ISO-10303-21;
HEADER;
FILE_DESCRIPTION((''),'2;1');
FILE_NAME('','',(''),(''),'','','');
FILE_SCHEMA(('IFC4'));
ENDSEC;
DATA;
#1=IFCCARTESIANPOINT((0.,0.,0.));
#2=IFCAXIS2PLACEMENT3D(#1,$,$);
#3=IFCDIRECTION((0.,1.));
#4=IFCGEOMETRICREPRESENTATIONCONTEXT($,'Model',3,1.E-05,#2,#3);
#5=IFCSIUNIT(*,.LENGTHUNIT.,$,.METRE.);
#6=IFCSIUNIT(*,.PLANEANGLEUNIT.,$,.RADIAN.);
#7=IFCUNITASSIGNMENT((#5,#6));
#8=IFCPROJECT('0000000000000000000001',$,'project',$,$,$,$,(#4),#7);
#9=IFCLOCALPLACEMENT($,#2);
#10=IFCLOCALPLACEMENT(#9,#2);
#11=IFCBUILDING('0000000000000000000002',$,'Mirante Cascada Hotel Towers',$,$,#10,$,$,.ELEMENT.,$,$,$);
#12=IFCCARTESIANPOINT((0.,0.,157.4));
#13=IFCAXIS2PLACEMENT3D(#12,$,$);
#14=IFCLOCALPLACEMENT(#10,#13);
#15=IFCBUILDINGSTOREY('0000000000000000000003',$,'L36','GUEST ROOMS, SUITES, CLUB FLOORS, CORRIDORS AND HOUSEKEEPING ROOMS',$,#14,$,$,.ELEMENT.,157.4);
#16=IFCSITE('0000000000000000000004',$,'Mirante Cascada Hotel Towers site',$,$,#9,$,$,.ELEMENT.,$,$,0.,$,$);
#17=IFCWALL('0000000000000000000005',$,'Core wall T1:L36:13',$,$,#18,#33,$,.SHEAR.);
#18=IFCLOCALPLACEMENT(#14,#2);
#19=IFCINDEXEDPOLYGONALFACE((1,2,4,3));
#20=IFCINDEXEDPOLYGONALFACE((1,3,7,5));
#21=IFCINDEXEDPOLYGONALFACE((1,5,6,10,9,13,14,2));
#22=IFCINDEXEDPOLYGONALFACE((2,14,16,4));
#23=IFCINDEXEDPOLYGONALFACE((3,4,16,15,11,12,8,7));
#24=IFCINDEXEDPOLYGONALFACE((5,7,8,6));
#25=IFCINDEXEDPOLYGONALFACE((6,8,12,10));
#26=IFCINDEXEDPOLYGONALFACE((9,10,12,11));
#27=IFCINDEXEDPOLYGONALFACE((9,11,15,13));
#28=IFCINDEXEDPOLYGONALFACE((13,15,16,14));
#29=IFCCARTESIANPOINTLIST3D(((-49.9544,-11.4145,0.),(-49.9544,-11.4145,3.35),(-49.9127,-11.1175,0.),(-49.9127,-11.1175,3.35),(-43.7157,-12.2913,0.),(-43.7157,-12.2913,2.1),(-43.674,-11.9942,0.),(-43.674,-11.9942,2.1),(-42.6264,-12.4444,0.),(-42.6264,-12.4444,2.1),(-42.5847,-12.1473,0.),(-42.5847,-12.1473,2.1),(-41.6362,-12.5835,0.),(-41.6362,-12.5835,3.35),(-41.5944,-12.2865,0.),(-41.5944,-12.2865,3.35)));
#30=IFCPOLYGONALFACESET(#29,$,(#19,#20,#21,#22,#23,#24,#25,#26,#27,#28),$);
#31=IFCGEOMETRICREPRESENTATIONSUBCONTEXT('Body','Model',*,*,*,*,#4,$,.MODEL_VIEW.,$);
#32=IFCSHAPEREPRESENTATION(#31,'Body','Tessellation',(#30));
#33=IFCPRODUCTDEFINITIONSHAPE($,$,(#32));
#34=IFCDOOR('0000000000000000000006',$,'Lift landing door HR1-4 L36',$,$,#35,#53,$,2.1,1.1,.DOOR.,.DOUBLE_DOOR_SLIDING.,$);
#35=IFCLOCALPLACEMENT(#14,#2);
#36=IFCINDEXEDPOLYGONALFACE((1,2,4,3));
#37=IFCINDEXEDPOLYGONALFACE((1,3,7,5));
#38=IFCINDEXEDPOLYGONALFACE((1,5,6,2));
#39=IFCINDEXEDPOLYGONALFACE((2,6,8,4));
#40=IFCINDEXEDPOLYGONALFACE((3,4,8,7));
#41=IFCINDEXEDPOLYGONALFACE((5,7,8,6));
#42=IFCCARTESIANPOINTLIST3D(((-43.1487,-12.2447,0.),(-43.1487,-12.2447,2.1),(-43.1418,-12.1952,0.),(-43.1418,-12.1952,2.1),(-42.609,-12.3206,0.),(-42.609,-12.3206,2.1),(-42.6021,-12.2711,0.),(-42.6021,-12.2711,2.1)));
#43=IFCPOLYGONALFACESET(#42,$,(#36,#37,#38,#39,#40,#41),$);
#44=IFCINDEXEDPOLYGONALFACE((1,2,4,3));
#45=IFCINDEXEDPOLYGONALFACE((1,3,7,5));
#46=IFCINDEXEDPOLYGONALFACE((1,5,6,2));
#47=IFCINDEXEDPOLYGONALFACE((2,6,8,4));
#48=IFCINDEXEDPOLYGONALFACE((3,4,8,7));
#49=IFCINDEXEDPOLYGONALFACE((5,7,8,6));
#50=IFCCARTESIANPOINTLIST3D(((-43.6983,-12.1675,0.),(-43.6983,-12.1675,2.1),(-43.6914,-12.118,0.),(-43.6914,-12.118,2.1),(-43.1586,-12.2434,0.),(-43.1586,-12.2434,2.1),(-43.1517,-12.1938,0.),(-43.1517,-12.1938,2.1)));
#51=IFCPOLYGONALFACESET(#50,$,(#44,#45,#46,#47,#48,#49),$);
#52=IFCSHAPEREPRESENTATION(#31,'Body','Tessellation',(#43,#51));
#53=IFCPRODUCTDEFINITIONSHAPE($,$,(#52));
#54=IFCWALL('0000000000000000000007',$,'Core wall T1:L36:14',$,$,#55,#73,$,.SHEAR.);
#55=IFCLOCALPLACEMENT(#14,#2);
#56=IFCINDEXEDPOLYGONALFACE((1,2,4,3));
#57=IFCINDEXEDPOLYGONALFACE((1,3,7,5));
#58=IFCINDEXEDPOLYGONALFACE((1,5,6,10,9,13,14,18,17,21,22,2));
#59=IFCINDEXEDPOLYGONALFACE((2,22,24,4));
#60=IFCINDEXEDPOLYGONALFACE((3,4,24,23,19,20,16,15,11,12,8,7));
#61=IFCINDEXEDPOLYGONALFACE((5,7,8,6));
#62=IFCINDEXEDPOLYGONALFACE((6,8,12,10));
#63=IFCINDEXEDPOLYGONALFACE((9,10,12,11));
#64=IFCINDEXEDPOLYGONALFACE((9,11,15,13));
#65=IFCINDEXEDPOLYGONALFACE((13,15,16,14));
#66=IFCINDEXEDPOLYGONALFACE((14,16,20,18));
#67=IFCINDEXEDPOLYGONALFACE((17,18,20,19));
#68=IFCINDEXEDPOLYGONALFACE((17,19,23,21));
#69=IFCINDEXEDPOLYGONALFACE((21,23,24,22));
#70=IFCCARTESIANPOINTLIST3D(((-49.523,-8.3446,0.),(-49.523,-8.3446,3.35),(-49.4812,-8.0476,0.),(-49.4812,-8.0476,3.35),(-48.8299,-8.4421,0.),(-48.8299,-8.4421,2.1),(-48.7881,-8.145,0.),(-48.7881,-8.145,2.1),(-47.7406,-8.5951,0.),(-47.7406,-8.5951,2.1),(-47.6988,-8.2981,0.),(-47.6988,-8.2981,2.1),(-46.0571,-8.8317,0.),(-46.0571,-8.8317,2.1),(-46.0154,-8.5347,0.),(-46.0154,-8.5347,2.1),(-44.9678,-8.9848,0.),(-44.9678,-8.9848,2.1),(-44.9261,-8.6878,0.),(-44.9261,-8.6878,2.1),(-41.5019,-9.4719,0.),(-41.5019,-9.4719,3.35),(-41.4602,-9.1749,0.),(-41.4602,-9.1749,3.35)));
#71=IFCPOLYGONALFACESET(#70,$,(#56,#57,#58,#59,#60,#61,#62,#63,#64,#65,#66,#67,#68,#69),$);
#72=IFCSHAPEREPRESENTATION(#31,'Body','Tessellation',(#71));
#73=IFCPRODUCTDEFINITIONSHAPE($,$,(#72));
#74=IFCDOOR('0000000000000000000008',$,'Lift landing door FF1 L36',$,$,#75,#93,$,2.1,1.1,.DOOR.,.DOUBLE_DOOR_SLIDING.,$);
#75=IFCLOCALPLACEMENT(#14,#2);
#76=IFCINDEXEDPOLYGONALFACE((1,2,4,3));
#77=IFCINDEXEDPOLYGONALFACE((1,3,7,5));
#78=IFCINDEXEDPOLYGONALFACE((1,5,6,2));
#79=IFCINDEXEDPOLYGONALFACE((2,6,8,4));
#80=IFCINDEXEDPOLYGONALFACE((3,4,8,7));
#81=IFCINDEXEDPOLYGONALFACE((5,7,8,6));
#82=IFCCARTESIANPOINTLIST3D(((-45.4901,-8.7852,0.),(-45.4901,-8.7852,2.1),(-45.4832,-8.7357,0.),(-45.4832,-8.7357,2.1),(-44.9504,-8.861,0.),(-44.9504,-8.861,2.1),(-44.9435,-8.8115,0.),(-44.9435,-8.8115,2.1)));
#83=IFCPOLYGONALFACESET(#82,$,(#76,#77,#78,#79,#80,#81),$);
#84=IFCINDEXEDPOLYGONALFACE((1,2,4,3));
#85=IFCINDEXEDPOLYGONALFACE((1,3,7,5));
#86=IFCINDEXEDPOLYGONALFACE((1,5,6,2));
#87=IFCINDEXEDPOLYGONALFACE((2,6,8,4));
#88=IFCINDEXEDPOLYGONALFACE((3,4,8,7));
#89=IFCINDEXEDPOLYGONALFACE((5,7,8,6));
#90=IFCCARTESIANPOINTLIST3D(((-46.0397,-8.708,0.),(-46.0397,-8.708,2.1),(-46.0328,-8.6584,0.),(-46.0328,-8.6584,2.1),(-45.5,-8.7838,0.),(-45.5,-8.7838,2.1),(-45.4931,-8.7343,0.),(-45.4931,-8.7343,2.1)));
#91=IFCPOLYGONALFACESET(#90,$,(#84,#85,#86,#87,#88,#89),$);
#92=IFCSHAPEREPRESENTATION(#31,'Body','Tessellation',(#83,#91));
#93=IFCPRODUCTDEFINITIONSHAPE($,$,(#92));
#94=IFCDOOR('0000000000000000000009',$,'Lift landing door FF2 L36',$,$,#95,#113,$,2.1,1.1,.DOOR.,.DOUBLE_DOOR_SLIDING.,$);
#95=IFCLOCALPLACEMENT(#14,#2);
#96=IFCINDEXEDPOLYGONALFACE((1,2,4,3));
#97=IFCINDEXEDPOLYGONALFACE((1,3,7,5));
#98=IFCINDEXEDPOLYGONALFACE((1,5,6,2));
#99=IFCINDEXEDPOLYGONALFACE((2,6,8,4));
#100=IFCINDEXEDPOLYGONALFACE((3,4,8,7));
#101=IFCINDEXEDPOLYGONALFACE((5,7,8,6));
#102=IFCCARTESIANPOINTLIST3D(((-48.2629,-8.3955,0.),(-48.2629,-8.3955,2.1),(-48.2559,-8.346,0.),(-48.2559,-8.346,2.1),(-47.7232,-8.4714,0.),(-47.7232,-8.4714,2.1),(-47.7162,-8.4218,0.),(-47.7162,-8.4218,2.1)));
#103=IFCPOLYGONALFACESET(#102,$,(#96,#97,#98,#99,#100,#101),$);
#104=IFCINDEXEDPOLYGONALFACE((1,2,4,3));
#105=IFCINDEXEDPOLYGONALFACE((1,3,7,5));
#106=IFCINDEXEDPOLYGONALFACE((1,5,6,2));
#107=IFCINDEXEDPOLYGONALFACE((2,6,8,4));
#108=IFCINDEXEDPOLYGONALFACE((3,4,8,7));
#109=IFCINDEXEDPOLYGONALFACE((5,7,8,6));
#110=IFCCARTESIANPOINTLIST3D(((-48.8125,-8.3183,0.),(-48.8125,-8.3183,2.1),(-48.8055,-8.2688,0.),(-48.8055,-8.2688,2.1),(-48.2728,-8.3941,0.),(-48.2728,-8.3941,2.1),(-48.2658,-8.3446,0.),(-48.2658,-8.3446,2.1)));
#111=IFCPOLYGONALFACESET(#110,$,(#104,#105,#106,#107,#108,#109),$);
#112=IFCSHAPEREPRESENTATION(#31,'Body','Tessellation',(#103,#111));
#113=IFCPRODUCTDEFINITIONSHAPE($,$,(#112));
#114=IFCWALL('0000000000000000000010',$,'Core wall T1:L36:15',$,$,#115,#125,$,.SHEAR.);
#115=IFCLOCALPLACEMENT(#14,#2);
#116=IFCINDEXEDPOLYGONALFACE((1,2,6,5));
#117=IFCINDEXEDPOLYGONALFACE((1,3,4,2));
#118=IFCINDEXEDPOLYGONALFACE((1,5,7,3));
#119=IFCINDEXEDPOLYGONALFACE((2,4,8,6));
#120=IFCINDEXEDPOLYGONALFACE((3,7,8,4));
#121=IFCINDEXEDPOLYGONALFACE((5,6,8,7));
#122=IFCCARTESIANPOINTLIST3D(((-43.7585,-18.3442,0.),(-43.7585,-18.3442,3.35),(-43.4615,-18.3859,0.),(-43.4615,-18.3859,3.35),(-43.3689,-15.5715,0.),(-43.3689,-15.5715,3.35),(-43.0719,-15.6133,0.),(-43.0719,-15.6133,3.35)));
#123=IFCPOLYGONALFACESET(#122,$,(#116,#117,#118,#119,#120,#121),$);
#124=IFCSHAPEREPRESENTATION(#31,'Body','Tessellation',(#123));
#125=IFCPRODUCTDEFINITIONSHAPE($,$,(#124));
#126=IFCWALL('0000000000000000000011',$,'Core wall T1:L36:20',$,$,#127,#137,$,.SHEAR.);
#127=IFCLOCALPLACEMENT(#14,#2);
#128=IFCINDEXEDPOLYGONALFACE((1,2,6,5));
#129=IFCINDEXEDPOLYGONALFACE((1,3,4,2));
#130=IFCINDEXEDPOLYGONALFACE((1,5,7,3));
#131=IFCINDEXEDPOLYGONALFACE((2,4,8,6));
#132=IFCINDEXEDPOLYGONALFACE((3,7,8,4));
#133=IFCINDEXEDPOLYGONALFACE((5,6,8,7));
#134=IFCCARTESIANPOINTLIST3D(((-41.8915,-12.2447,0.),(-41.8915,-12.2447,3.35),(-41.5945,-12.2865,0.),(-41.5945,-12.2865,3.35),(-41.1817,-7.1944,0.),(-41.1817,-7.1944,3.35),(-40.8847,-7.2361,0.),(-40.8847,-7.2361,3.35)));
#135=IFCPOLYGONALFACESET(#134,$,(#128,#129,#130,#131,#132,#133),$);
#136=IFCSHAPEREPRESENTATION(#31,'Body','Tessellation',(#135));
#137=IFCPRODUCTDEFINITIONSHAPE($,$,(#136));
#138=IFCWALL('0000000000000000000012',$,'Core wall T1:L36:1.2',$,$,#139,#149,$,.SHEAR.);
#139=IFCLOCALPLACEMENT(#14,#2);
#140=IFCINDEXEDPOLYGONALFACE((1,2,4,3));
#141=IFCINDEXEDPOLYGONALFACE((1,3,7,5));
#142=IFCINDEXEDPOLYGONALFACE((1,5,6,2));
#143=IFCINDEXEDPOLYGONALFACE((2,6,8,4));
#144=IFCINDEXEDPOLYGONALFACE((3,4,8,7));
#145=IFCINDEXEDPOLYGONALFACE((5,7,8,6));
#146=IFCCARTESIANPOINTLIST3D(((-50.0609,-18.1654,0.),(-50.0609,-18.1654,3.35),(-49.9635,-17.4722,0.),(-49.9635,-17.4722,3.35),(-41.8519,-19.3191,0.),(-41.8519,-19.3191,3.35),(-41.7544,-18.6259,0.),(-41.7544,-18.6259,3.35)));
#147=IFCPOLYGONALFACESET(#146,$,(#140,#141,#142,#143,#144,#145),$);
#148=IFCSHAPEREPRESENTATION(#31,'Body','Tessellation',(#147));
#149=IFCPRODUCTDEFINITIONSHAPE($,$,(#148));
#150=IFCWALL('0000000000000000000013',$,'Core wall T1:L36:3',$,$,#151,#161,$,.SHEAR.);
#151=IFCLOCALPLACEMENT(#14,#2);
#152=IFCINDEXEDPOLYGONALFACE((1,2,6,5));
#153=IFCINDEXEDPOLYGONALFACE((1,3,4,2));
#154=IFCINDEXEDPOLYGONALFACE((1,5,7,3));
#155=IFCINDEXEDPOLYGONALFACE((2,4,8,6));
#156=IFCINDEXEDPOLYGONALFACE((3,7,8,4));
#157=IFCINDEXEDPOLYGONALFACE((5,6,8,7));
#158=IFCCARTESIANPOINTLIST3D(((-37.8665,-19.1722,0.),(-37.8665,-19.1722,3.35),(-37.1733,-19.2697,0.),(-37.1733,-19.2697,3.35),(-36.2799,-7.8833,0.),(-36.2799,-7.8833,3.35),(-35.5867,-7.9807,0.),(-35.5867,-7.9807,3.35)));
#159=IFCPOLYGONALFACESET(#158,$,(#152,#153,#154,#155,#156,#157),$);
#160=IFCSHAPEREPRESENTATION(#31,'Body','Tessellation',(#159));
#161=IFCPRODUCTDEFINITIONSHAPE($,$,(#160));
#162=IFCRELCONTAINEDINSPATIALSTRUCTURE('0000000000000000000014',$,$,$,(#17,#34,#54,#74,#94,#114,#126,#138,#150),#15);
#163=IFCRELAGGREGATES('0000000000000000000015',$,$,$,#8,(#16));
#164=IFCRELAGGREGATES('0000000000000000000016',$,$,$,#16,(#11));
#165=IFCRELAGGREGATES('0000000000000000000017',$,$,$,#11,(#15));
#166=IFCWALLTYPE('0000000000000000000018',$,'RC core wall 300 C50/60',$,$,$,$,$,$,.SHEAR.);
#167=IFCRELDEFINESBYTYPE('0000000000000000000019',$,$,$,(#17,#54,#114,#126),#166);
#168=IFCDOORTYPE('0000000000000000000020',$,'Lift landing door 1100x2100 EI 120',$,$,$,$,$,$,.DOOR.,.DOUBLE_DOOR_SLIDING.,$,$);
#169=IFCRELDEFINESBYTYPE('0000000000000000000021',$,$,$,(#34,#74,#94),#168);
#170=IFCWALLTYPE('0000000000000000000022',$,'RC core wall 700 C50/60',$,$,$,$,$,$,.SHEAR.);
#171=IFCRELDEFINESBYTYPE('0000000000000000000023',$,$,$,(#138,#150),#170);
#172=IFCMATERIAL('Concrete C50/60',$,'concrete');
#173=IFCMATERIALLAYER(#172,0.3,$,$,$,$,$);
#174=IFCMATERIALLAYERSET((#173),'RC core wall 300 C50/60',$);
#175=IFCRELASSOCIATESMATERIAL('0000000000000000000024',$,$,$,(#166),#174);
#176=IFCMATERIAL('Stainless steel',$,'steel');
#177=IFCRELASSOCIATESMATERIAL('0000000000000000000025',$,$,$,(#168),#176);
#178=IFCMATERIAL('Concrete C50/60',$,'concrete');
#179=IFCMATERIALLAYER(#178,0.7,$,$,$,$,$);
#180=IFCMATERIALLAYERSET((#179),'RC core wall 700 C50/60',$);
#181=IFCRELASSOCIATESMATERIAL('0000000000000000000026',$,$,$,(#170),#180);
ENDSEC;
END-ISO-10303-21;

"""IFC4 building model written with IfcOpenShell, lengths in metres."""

from ifc_helpers import new_model, si_unit, direction, frame, frame_2d, origin, place, context, subcontext, project, spatial, rectangle, extrude, material, layer, layer_set, type_object, element, fill, save


model = new_model("IFC4")

# Units and contexts
model_context = context("Model", 3, precision=1e-05, world=origin(), true_north=direction((0.0, 1.0)))
body_context = subcontext(model_context, "Body", "Model", "MODEL_VIEW")
ifc_project = project(units=[si_unit("LENGTHUNIT", "METRE"), si_unit("PLANEANGLEUNIT", "RADIAN")], contexts=[model_context])

# Site, building, storey
site_placement = place(None, origin())
site = spatial("IfcSite", under=ifc_project, at=site_placement, Name="Mirante Cascada Hotel Towers site", CompositionType="ELEMENT", RefElevation=0.0)
building_placement = place(site_placement, origin())
building = spatial("IfcBuilding", under=site, at=building_placement, Name="Mirante Cascada Hotel Towers", CompositionType="ELEMENT")
storey_placement = place(building_placement, frame((0.0, 0.0, 157.4)))
storey = spatial("IfcBuildingStorey", under=building, at=storey_placement, Name="L36", Description="GUEST ROOMS, SUITES, CLUB FLOORS, CORRIDORS AND HOUSEKEEPING ROOMS", CompositionType="ELEMENT", Elevation=157.4)

# Shared definitions
ifc_material_1 = material(Name="Concrete C50/60", Category="concrete")
ifc_layer_1 = layer(ifc_material_1, 0.3)
ifc_layer_set_1 = layer_set([ifc_layer_1], Name="RC core wall 300 C50/60")
wall_type_1 = type_object("IfcWallType", Name="RC core wall 300 C50/60", PredefinedType="SHEAR", material=ifc_layer_set_1)

# Shared definitions
ifc_material_2 = material(Name="Stainless steel", Category="steel")
door_type_1 = type_object("IfcDoorType", Name="Lift landing door 1100x2100 EI 120", OperationType="DOUBLE_DOOR_SLIDING", PredefinedType="DOOR", material=ifc_material_2)

# Wall, opening, door
wall_1_placement = place(storey_placement, frame((-41.6153, -12.435, 0.0), z_axis=(0.0, 0.0, 1.0), x_axis=(-0.990269, 0.139166, 0.0)))
wall_1 = element("IfcWall", 1, at=wall_1_placement, inside=storey, type_object=wall_type_1, Name="Core wall T1:L36:13", PredefinedType="SHEAR", context=body_context, shape_type="SweptSolid", body=[
    extrude(rectangle(XDim=8.4, YDim=0.3, at=frame_2d((4.2, 0.0))), origin(), (0.0, 0.0, 1.0), 3.35),
])
opening_1_placement = place(wall_1_placement, frame((1.0, 0.0, 0.0)))
opening_1 = element("IfcOpeningElement", 2, at=opening_1_placement, cuts=wall_1, PredefinedType="OPENING", context=body_context, shape_type="SweptSolid", body=[
    extrude(rectangle(XDim=1.1, YDim=2.1, at=frame_2d((0.55, 1.05))), frame((0.0, 0.15, 0.0), z_axis=(0.0, -1.0, 0.0), x_axis=(1.0, 0.0, 0.0)), (0.0, 0.0, 1.0), 0.3),
])
door_1_placement = place(opening_1_placement, origin())
door_1 = element("IfcDoor", 3, at=door_1_placement, inside=storey, type_object=door_type_1, Name="Lift landing door HR1-4 L36", OperationType="DOUBLE_DOOR_SLIDING", OverallHeight=2.1, OverallWidth=1.1, PredefinedType="DOOR", context=body_context, shape_type="SweptSolid", body=[
    extrude(rectangle(XDim=0.545, YDim=2.1, at=frame_2d((0.2725, 1.05))), frame((0.0, 0.025, 0.0), z_axis=(0.0, -1.0, 0.0), x_axis=(1.0, 0.0, 0.0)), (0.0, 0.0, 1.0), 0.05),
    extrude(rectangle(XDim=0.545, YDim=2.1, at=frame_2d((0.8275, 1.05))), frame((0.0, 0.025, 0.0), z_axis=(0.0, -1.0, 0.0), x_axis=(1.0, 0.0, 0.0)), (0.0, 0.0, 1.0), 0.05),
])
fill(opening_1, door_1)

# Wall, openings, doors
wall_2_placement = place(storey_placement, frame((-41.481, -9.3234, 0.0), z_axis=(0.0, 0.0, 1.0), x_axis=(-0.990268, 0.139174, 0.0)))
wall_2 = element("IfcWall", 4, at=wall_2_placement, inside=storey, type_object=wall_type_1, Name="Core wall T1:L36:14", PredefinedType="SHEAR", context=body_context, shape_type="SweptSolid", body=[
    extrude(rectangle(XDim=8.0999, YDim=0.3, at=frame_2d((4.05, 0.0))), origin(), (0.0, 0.0, 1.0), 3.35),
])
opening_2_placement = place(wall_2_placement, frame((3.5, 0.0, 0.0)))
opening_2 = element("IfcOpeningElement", 5, at=opening_2_placement, cuts=wall_2, PredefinedType="OPENING", context=body_context, shape_type="SweptSolid", body=[
    extrude(rectangle(XDim=1.1, YDim=2.1, at=frame_2d((0.55, 1.05))), frame((0.0, 0.15, 0.0), z_axis=(0.0, -1.0, 0.0), x_axis=(1.0, 0.0, 0.0)), (0.0, 0.0, 1.0), 0.3),
])
opening_3_placement = place(wall_2_placement, frame((6.3, 0.0, 0.0)))
opening_3 = element("IfcOpeningElement", 6, at=opening_3_placement, cuts=wall_2, PredefinedType="OPENING", context=body_context, shape_type="SweptSolid", body=[
    extrude(rectangle(XDim=1.1, YDim=2.1, at=frame_2d((0.55, 1.05))), frame((0.0, 0.15, 0.0), z_axis=(0.0, -1.0, 0.0), x_axis=(1.0, 0.0, 0.0)), (0.0, 0.0, 1.0), 0.3),
])
door_2_placement = place(opening_2_placement, origin())
door_2 = element("IfcDoor", 7, at=door_2_placement, inside=storey, type_object=door_type_1, Name="Lift landing door FF1 L36", OperationType="DOUBLE_DOOR_SLIDING", OverallHeight=2.1, OverallWidth=1.1, PredefinedType="DOOR", context=body_context, shape_type="SweptSolid", body=[
    extrude(rectangle(XDim=0.545, YDim=2.1, at=frame_2d((0.2725, 1.05))), frame((0.0, 0.025, 0.0), z_axis=(0.0, -1.0, 0.0), x_axis=(1.0, 0.0, 0.0)), (0.0, 0.0, 1.0), 0.05),
    extrude(rectangle(XDim=0.545, YDim=2.1, at=frame_2d((0.8275, 1.05))), frame((0.0, 0.025, 0.0), z_axis=(0.0, -1.0, 0.0), x_axis=(1.0, 0.0, 0.0)), (0.0, 0.0, 1.0), 0.05),
])
fill(opening_2, door_2)
door_3_placement = place(opening_3_placement, origin())
door_3 = element("IfcDoor", 8, at=door_3_placement, inside=storey, type_object=door_type_1, Name="Lift landing door FF2 L36", OperationType="DOUBLE_DOOR_SLIDING", OverallHeight=2.1, OverallWidth=1.1, PredefinedType="DOOR", context=body_context, shape_type="SweptSolid", body=[
    extrude(rectangle(XDim=0.545, YDim=2.1, at=frame_2d((0.2725, 1.05))), frame((0.0, 0.025, 0.0), z_axis=(0.0, -1.0, 0.0), x_axis=(1.0, 0.0, 0.0)), (0.0, 0.0, 1.0), 0.05),
    extrude(rectangle(XDim=0.545, YDim=2.1, at=frame_2d((0.8275, 1.05))), frame((0.0, 0.025, 0.0), z_axis=(0.0, -1.0, 0.0), x_axis=(1.0, 0.0, 0.0)), (0.0, 0.0, 1.0), 0.05),
])
fill(opening_3, door_3)

# Walls
wall_3_placement = place(storey_placement, frame((-43.61, -18.3651, 0.0), z_axis=(0.0, 0.0, 1.0), x_axis=(0.139146, 0.990272, 0.0)))
element("IfcWall", 9, at=wall_3_placement, inside=storey, type_object=wall_type_1, Name="Core wall T1:L36:15", PredefinedType="SHEAR", context=body_context, shape_type="SweptSolid", body=[
    extrude(rectangle(XDim=2.7999, YDim=0.3, at=frame_2d((1.4, 0.0))), origin(), (0.0, 0.0, 1.0), 3.35),
])
wall_4_placement = place(storey_placement, frame((-41.743, -12.2656, 0.0), z_axis=(0.0, 0.0, 1.0), x_axis=(0.139176, 0.990268, 0.0)))
element("IfcWall", 10, at=wall_4_placement, inside=storey, type_object=wall_type_1, Name="Core wall T1:L36:20", PredefinedType="SHEAR", context=body_context, shape_type="SweptSolid", body=[
    extrude(rectangle(XDim=5.1, YDim=0.3, at=frame_2d((2.55, 0.0))), origin(), (0.0, 0.0, 1.0), 3.35),
])
ifc_material_3 = material(Name="Concrete C50/60", Category="concrete")
ifc_layer_2 = layer(ifc_material_3, 0.7)
ifc_layer_set_2 = layer_set([ifc_layer_2], Name="RC core wall 700 C50/60")
wall_type_2 = type_object("IfcWallType", Name="RC core wall 700 C50/60", PredefinedType="SHEAR", material=ifc_layer_set_2)
wall_5_placement = place(storey_placement, frame((-41.8032, -18.9725, 0.0), z_axis=(0.0, 0.0, 1.0), x_axis=(-0.990268, 0.139173, 0.0)))
element("IfcWall", 11, at=wall_5_placement, inside=storey, type_object=wall_type_2, Name="Core wall T1:L36:1.2", PredefinedType="SHEAR", context=body_context, shape_type="SweptSolid", body=[
    extrude(rectangle(XDim=8.2897, YDim=0.7, at=frame_2d((4.1448, 0.0))), origin(), (0.0, 0.0, 1.0), 3.35),
])
wall_6_placement = place(storey_placement, frame((-37.5199, -19.221, 0.0), z_axis=(0.0, 0.0, 1.0), x_axis=(0.139176, 0.990268, 0.0)))
element("IfcWall", 12, at=wall_6_placement, inside=storey, type_object=wall_type_2, Name="Core wall T1:L36:3", PredefinedType="SHEAR", context=body_context, shape_type="SweptSolid", body=[
    extrude(rectangle(XDim=11.3999, YDim=0.7, at=frame_2d((5.7, 0.0))), origin(), (0.0, 0.0, 1.0), 3.35),
])

save(model, "model.ifc")
